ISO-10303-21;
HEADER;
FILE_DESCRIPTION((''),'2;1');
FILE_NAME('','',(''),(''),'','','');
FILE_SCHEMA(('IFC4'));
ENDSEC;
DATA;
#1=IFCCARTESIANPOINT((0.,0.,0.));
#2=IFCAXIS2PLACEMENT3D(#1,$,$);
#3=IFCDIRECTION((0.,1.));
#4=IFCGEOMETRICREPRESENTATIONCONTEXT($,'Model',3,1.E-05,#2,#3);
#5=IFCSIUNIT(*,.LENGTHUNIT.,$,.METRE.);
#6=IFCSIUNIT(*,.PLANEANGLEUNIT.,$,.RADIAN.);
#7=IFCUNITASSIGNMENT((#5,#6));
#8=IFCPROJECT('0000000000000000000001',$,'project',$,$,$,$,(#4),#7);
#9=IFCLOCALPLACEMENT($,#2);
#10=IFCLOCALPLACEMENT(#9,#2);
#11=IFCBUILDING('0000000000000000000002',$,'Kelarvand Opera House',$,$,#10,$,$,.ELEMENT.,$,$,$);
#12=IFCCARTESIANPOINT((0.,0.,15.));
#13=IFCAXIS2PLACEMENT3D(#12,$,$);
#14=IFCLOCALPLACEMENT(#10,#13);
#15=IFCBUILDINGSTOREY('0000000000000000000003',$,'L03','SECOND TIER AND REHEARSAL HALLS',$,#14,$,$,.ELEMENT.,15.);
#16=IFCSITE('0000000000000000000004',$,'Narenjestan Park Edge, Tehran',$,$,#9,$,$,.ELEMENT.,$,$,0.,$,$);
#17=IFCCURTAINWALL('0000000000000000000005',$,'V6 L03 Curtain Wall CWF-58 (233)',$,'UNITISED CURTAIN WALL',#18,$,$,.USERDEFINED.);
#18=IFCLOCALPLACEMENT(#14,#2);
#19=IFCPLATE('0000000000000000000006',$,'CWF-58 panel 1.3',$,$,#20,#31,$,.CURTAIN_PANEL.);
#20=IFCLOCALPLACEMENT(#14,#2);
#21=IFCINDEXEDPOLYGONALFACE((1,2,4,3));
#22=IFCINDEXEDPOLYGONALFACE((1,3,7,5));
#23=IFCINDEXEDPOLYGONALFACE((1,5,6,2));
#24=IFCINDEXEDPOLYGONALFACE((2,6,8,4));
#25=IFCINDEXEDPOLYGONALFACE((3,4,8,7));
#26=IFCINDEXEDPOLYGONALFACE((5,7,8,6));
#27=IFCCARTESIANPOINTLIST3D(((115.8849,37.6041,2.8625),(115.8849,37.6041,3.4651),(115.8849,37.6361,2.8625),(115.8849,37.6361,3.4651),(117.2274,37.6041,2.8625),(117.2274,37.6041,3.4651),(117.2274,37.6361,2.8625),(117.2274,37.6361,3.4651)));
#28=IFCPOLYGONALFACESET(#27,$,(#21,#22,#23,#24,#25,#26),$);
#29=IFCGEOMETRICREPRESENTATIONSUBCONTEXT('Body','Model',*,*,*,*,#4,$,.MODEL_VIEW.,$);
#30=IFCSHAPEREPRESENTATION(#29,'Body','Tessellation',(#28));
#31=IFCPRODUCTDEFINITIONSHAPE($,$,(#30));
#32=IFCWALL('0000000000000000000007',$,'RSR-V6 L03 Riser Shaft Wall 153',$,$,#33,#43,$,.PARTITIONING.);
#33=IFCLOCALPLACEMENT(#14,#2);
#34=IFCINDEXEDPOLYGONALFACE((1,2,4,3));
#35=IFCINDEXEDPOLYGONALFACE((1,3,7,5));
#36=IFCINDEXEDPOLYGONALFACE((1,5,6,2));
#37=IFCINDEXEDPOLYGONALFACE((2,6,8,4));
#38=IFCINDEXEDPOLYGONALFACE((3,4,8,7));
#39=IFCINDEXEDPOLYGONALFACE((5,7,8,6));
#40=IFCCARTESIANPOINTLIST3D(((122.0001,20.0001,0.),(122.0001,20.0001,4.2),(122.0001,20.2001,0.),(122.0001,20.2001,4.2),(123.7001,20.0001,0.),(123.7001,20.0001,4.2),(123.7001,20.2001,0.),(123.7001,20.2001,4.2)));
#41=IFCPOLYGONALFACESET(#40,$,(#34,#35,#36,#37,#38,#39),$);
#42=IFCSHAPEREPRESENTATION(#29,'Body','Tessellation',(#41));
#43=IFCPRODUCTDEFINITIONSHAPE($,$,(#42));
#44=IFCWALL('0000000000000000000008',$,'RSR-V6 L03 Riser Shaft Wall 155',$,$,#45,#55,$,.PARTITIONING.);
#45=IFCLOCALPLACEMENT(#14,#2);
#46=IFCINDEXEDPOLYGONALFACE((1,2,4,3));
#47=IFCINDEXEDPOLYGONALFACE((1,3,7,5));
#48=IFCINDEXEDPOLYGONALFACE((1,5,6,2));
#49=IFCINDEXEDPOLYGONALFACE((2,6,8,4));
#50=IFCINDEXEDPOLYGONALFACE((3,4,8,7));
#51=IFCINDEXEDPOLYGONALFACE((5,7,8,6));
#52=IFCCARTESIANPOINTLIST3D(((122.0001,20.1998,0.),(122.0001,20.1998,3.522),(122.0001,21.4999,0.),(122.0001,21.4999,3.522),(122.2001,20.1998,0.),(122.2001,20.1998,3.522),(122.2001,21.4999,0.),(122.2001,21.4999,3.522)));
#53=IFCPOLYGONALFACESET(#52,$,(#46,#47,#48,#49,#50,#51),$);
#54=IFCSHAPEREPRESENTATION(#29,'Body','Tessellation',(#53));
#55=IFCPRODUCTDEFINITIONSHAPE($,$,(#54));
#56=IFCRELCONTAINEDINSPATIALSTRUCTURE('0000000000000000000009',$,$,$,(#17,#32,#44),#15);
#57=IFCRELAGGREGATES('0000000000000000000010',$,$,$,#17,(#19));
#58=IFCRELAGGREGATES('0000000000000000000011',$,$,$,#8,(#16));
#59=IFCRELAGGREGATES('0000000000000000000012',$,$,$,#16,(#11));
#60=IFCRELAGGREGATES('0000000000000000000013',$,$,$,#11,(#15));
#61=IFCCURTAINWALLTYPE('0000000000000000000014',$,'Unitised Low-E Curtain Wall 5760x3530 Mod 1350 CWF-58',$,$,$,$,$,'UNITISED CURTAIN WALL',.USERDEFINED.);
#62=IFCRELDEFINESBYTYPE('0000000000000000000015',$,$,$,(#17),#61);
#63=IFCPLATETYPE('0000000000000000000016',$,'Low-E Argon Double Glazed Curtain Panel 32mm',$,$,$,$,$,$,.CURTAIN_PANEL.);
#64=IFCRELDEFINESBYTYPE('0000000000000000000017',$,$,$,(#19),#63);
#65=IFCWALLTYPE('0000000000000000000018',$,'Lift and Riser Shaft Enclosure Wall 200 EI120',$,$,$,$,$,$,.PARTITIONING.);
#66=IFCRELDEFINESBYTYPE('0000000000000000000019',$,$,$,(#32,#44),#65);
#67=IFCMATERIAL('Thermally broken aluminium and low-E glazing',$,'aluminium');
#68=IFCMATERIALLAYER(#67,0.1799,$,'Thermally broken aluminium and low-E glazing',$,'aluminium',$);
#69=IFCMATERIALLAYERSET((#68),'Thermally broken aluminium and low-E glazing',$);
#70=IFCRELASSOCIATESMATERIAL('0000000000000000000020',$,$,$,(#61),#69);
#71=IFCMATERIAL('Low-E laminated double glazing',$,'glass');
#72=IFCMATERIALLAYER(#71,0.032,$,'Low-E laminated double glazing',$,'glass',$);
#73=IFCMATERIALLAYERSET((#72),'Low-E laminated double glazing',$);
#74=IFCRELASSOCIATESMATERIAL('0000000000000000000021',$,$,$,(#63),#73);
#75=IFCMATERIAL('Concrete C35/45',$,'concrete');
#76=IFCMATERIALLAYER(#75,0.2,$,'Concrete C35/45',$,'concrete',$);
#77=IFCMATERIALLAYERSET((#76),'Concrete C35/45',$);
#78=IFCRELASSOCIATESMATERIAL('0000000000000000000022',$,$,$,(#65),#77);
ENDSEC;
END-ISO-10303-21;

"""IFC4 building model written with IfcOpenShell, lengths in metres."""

from ifc_helpers import new_model, si_unit, direction, frame, frame_2d, origin, origin_2d, place, context, subcontext, project, spatial, rectangle, extrude, material, layer, layer_set, type_object, element, aggregate, save


model = new_model("IFC4")

# Units and contexts
model_context = context("Model", 3, precision=1e-05, world=origin(), true_north=direction((0.0, 1.0)))
body_context = subcontext(model_context, "Body", "Model", "MODEL_VIEW")
ifc_project = project(units=[si_unit("LENGTHUNIT", "METRE"), si_unit("PLANEANGLEUNIT", "RADIAN")], contexts=[model_context])

# Site, building, storey
site_placement = place(None, origin())
site = spatial("IfcSite", under=ifc_project, at=site_placement, Name="Narenjestan Park Edge, Tehran", CompositionType="ELEMENT", RefElevation=0.0)
building_placement = place(site_placement, origin())
building = spatial("IfcBuilding", under=site, at=building_placement, Name="Kelarvand Opera House", CompositionType="ELEMENT")
storey_placement = place(building_placement, frame((0.0, 0.0, 15.0)))
storey = spatial("IfcBuildingStorey", under=building, at=storey_placement, Name="L03", Description="SECOND TIER AND REHEARSAL HALLS", CompositionType="ELEMENT", Elevation=15.0)

# Curtain wall
ifc_material_1 = material(Name="Thermally broken aluminium and low-E glazing", Category="aluminium")
ifc_layer_1 = layer(ifc_material_1, 0.1799, Name="Thermally broken aluminium and low-E glazing", Category="aluminium")
ifc_layer_set_1 = layer_set([ifc_layer_1], Name="Thermally broken aluminium and low-E glazing")
curtain_wall_type = type_object("IfcCurtainWallType", Name="Unitised Low-E Curtain Wall 5760x3530 Mod 1350 CWF-58", ElementType="UNITISED CURTAIN WALL", PredefinedType="USERDEFINED", material=ifc_layer_set_1)
curtain_wall_placement = place(storey_placement, origin())
curtain_wall = element("IfcCurtainWall", 1, at=curtain_wall_placement, inside=storey, type_object=curtain_wall_type, Name="V6 L03 Curtain Wall CWF-58 (233)", ObjectType="UNITISED CURTAIN WALL", PredefinedType="USERDEFINED")

# Shared definitions
ifc_material_2 = material(Name="Concrete C35/45", Category="concrete")

# Plate
ifc_material_3 = material(Name="Low-E laminated double glazing", Category="glass")
ifc_layer_2 = layer(ifc_material_3, 0.032, Name="Low-E laminated double glazing", Category="glass")
ifc_layer_set_2 = layer_set([ifc_layer_2], Name="Low-E laminated double glazing")
plate_type = type_object("IfcPlateType", Name="Low-E Argon Double Glazed Curtain Panel 32mm", PredefinedType="CURTAIN_PANEL", material=ifc_layer_set_2)
plate_1_placement = place(storey_placement, frame((116.5562, 37.6201, 2.8625), z_axis=(0.0, 0.0, 1.0), x_axis=(1.0, 0.0, 0.0)))
plate_1 = element("IfcPlate", 2, at=plate_1_placement, type_object=plate_type, Name="CWF-58 panel 1.3", PredefinedType="CURTAIN_PANEL", context=body_context, shape_type="SweptSolid", body=[
    extrude(rectangle(XDim=1.3425, YDim=0.032, at=origin_2d()), origin(), (0.0, 0.0, 1.0), 0.6025),
])
aggregate(curtain_wall, [plate_1])

# Walls
ifc_layer_3 = layer(ifc_material_2, 0.2, Name="Concrete C35/45", Category="concrete")
ifc_layer_set_3 = layer_set([ifc_layer_3], Name="Concrete C35/45")
wall_type = type_object("IfcWallType", Name="Lift and Riser Shaft Enclosure Wall 200 EI120", PredefinedType="PARTITIONING", material=ifc_layer_set_3)
wall_1_placement = place(storey_placement, frame((122.0, 20.1001, 0.0), z_axis=(0.0, 0.0, 1.0), x_axis=(1.0, 0.0, 0.0)))
element("IfcWall", 3, at=wall_1_placement, inside=storey, type_object=wall_type, Name="RSR-V6 L03 Riser Shaft Wall 153", PredefinedType="PARTITIONING", context=body_context, shape_type="SweptSolid", body=[
    extrude(rectangle(XDim=1.7, YDim=0.2, at=frame_2d((0.8501, 0.0))), origin(), (0.0, 0.0, 1.0), 4.2),
])
wall_2_placement = place(storey_placement, frame((122.1001, 20.2, 0.0), z_axis=(0.0, 0.0, 1.0), x_axis=(0.0, 1.0, 0.0)))
element("IfcWall", 4, at=wall_2_placement, inside=storey, type_object=wall_type, Name="RSR-V6 L03 Riser Shaft Wall 155", PredefinedType="PARTITIONING", context=body_context, shape_type="SweptSolid", body=[
    extrude(rectangle(XDim=1.3, YDim=0.2, at=frame_2d((0.6499, 0.0))), origin(), (0.0, 0.0, 1.0), 3.522),
])

save(model, "model.ifc")
